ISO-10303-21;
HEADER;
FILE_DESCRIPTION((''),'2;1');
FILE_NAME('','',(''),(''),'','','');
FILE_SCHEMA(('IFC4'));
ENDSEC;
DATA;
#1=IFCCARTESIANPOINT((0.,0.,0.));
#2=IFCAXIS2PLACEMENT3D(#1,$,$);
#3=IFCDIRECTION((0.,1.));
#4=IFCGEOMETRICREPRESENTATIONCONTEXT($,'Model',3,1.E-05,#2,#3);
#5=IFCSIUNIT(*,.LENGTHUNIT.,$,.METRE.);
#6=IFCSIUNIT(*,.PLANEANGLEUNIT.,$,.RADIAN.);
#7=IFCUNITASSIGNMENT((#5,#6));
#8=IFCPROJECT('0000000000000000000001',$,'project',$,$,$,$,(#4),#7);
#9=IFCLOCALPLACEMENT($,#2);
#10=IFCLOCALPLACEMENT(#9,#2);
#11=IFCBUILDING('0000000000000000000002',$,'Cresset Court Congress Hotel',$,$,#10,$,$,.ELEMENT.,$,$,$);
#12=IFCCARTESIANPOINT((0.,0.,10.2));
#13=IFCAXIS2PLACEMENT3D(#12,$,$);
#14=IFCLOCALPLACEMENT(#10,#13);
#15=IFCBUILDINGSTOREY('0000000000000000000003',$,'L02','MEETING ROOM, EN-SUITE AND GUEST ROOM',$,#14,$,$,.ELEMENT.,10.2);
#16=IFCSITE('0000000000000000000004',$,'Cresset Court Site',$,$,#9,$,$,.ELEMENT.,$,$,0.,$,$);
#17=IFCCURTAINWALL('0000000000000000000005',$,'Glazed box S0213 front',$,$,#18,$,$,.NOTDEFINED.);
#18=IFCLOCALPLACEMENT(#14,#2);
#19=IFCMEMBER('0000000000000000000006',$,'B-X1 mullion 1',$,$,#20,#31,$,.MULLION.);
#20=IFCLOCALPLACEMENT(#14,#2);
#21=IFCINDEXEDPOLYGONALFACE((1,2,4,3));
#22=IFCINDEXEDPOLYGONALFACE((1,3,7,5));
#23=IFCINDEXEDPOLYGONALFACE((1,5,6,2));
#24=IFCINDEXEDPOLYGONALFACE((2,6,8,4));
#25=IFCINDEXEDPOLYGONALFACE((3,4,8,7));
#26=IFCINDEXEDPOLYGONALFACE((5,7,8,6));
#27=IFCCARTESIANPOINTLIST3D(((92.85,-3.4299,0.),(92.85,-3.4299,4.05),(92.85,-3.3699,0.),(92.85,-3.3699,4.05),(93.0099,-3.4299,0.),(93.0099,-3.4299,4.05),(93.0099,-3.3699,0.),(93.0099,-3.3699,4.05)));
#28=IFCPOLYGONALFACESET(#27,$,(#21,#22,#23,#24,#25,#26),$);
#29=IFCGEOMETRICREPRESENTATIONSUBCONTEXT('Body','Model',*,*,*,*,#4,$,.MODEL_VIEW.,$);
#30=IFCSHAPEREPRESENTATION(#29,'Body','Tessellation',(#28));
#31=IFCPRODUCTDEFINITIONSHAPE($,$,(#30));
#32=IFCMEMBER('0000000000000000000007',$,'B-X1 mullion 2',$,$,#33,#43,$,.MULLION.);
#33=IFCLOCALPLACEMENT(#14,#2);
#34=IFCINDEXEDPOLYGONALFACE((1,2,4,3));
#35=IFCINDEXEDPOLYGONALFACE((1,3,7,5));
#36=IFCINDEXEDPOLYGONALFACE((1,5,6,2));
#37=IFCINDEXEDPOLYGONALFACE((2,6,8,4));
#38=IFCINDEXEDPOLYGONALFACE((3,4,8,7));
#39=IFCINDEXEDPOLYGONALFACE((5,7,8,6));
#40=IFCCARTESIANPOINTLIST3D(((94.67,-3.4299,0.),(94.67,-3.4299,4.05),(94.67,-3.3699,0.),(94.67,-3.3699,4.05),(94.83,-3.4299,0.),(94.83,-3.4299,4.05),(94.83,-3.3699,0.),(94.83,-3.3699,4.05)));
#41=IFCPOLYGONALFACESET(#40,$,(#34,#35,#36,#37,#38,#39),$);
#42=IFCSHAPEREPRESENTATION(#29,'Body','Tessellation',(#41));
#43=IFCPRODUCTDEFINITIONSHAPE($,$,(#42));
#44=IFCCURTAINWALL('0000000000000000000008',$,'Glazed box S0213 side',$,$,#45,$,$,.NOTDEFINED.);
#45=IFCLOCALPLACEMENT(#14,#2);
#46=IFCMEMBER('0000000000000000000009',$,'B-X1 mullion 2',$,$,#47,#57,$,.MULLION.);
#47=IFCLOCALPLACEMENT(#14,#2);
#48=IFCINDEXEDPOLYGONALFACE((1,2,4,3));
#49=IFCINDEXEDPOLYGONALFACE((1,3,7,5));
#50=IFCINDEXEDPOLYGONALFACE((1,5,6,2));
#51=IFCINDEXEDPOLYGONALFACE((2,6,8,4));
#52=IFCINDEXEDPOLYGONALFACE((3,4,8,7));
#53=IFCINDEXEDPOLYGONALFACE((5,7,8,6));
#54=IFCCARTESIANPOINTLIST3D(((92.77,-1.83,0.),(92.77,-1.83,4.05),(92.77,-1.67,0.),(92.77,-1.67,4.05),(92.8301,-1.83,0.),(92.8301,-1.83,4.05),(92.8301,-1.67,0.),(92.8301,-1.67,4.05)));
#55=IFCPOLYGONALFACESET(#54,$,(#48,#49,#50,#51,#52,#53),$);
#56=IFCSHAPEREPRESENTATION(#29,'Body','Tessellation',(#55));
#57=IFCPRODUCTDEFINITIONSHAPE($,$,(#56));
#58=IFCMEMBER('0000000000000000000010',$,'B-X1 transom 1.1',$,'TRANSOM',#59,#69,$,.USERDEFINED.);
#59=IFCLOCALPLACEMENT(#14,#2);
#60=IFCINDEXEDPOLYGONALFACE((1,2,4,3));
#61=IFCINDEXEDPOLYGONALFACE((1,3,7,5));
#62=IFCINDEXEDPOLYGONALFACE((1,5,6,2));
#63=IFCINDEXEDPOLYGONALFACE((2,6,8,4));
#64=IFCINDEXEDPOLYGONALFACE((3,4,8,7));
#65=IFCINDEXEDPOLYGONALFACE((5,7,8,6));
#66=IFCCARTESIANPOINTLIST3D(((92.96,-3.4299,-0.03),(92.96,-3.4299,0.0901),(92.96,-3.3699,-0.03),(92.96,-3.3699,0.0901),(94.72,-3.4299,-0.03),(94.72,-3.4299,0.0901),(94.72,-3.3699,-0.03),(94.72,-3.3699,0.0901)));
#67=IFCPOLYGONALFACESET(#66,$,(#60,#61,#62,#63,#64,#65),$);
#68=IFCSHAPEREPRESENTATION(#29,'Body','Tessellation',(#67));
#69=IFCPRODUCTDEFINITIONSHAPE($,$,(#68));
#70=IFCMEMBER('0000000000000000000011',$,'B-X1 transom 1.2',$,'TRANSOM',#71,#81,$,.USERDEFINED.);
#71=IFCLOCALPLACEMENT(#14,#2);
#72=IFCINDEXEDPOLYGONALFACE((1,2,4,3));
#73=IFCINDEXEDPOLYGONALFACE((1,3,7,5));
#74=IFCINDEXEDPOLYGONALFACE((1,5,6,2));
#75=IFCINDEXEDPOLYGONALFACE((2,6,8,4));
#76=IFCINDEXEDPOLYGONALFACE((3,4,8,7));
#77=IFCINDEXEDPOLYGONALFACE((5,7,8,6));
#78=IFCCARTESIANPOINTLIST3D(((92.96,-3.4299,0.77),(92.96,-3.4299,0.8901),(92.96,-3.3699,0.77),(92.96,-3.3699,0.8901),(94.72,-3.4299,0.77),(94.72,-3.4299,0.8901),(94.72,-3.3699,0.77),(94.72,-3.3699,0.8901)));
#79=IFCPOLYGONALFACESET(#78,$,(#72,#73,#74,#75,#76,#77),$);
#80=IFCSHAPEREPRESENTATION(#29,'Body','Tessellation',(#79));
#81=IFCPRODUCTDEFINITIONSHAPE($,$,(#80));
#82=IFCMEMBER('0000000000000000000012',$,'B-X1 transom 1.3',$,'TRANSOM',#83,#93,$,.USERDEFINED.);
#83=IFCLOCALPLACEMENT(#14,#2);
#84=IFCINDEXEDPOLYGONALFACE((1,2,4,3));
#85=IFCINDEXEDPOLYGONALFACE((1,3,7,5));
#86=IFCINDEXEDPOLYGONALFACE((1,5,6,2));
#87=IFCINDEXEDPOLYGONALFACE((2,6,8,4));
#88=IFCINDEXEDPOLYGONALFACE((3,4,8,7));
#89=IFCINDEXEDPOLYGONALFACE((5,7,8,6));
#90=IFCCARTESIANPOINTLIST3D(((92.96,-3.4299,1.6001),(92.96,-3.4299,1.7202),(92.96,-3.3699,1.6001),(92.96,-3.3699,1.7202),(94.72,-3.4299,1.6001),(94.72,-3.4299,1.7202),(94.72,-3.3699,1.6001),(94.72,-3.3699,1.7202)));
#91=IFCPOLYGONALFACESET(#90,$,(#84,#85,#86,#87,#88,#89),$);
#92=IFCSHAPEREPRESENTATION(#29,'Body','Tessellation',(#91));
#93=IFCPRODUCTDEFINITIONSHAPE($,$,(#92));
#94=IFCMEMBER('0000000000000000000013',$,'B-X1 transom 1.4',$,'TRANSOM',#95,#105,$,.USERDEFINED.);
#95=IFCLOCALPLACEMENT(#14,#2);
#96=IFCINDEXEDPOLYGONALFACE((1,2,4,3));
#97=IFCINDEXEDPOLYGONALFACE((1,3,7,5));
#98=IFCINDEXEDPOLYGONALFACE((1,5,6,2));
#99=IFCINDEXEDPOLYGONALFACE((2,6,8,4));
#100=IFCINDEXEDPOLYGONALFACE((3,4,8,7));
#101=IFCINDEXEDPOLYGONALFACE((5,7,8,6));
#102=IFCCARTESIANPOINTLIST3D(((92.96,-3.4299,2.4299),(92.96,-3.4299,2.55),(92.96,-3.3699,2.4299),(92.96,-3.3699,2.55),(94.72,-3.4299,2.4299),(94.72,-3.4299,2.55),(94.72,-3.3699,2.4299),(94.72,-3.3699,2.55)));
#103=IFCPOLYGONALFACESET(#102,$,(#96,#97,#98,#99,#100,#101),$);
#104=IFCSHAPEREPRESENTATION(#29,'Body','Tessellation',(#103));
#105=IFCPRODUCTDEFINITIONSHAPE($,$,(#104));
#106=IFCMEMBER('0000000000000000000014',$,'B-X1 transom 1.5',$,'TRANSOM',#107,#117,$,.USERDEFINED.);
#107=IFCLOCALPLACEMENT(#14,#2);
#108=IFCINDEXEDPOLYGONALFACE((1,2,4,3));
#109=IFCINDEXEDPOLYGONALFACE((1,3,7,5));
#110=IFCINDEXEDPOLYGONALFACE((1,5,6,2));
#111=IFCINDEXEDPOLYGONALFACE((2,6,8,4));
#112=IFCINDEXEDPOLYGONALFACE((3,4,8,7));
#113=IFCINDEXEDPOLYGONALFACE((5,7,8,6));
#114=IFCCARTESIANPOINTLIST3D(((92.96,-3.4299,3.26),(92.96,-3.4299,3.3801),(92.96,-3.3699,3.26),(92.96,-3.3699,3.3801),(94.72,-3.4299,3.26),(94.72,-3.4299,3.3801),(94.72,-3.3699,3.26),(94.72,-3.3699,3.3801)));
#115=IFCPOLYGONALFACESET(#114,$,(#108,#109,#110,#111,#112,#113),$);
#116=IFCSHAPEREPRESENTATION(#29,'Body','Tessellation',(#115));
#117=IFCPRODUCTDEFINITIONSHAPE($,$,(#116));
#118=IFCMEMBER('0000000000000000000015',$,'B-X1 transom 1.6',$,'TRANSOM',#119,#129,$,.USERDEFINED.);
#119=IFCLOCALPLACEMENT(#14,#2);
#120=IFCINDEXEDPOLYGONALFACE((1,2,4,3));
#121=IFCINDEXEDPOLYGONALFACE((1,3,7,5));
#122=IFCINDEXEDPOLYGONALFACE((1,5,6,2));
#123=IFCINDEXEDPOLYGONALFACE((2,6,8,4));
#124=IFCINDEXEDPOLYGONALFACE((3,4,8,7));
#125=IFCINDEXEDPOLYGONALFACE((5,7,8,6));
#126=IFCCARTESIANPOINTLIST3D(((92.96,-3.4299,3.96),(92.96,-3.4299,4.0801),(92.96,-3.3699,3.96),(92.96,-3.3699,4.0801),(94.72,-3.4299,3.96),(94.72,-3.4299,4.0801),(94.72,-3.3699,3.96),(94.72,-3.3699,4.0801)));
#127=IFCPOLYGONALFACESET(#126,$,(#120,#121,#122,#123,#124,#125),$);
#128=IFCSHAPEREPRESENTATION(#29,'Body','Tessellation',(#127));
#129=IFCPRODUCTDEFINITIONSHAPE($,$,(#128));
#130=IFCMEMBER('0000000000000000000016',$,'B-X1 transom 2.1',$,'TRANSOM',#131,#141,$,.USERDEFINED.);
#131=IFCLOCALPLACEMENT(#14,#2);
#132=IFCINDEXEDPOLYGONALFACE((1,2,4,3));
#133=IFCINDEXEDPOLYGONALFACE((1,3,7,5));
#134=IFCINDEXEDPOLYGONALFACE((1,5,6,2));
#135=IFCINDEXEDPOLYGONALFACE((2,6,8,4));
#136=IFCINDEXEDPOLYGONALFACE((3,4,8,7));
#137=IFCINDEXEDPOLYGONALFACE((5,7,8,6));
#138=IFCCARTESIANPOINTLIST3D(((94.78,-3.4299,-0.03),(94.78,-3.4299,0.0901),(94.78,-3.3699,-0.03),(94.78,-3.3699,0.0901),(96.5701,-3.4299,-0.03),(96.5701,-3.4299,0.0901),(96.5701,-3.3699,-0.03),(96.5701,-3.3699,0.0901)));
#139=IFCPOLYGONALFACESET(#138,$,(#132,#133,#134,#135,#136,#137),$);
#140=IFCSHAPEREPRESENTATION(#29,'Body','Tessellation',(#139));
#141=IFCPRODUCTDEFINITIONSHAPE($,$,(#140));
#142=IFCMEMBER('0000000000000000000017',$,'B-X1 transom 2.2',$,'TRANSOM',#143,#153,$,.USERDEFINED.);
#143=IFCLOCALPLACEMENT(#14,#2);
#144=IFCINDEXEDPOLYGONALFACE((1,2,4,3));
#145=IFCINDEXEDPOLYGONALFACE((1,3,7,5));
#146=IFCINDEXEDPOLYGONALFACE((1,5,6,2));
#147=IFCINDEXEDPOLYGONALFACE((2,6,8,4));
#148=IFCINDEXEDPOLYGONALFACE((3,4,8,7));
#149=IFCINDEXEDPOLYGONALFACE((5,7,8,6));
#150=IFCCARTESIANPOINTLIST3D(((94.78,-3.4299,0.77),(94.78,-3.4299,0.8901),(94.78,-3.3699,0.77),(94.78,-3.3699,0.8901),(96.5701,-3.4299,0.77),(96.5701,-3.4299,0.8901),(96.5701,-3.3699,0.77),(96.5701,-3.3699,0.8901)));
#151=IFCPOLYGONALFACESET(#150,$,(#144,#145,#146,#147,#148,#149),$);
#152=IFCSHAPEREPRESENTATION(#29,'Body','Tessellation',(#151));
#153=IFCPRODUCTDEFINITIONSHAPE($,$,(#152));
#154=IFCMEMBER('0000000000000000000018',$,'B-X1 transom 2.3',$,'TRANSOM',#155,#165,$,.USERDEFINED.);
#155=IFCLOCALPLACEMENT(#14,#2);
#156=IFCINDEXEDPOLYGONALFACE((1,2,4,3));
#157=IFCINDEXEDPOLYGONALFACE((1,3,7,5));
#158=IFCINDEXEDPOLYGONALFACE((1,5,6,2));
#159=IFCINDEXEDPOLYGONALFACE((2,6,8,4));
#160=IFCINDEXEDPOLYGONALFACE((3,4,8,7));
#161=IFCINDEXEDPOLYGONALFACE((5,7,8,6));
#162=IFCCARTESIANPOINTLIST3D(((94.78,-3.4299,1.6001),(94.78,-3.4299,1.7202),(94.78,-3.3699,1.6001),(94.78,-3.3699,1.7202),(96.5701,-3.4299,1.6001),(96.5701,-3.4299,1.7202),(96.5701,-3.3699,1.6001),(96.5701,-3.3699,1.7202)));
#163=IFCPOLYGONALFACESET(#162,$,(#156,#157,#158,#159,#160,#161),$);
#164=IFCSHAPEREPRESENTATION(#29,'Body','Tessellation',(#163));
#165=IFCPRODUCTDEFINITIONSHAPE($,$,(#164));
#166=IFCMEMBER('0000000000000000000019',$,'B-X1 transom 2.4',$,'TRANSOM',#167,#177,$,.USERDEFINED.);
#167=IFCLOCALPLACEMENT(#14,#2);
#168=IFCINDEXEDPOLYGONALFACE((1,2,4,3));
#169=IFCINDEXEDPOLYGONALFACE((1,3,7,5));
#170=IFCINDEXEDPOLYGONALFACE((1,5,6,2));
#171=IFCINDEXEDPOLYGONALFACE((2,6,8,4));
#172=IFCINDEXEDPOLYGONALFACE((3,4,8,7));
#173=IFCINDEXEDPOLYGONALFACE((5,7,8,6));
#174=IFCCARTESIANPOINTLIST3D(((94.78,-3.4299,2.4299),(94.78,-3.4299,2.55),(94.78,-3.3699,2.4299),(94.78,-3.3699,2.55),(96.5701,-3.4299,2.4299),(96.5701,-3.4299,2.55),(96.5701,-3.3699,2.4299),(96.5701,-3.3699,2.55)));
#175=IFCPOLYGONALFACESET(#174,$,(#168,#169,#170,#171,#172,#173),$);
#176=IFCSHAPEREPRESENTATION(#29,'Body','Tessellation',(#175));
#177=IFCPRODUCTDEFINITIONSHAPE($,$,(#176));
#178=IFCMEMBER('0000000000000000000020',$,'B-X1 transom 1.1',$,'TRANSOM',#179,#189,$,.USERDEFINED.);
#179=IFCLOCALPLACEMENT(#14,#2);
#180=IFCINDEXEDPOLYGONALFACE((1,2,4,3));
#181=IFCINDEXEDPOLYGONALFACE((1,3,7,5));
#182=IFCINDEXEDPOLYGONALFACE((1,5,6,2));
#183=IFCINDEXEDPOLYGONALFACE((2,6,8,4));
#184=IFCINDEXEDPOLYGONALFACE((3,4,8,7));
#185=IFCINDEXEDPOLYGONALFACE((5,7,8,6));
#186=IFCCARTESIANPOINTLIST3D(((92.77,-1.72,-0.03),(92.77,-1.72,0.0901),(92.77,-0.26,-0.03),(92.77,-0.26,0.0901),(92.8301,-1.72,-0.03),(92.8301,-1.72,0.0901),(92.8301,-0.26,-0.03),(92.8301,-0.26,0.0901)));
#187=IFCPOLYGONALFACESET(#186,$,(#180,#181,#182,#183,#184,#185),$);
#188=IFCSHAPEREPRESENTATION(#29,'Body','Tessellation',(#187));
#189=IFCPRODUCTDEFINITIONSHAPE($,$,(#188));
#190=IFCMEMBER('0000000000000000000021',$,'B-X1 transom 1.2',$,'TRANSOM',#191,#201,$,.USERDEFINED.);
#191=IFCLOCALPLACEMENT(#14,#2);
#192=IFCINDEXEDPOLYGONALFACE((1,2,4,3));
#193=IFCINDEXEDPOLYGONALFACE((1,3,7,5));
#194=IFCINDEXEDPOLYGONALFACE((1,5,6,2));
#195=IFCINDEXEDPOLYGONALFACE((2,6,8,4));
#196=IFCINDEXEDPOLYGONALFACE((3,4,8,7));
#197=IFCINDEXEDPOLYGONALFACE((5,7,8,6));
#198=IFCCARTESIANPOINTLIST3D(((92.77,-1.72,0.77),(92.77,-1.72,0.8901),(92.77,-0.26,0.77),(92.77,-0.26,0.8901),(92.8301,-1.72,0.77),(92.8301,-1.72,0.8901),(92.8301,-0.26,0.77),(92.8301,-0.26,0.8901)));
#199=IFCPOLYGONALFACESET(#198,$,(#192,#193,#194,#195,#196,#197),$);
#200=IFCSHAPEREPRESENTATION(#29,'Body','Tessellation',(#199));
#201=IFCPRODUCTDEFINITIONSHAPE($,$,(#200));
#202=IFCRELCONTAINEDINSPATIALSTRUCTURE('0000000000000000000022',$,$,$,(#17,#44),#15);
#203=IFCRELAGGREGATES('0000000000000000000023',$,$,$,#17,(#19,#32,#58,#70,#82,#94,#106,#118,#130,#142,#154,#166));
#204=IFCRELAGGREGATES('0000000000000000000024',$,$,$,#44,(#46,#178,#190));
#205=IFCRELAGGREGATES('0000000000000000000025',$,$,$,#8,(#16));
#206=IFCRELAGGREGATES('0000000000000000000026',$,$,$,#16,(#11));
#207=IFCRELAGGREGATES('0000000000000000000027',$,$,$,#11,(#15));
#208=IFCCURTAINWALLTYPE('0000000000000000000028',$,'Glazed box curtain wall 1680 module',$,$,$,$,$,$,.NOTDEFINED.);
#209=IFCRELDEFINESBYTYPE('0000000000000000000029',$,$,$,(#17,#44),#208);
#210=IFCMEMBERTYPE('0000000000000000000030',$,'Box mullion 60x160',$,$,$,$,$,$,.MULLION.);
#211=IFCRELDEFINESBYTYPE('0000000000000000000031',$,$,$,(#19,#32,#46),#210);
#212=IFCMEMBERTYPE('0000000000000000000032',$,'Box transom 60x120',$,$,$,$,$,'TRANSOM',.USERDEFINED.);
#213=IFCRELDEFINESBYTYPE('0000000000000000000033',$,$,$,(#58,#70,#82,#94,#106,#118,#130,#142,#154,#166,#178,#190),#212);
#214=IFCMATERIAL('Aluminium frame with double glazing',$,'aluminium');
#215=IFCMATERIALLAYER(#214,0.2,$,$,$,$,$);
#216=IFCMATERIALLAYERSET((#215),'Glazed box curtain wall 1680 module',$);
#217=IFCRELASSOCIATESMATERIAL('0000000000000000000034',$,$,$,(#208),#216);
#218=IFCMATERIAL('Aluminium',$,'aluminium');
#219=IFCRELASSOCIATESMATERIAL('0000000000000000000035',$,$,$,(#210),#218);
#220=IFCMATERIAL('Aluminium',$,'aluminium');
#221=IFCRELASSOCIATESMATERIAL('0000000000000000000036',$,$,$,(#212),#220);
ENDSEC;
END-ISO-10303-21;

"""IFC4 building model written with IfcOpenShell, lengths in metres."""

from ifc_helpers import new_model, si_unit, direction, frame, origin, origin_2d, place, context, subcontext, project, spatial, rectangle, extrude, material, layer, layer_set, material_profile, profile_set, type_object, element, aggregate, save


model = new_model("IFC4")

# Units and contexts
model_context = context("Model", 3, precision=1e-05, world=origin(), true_north=direction((0.0, 1.0)))
body_context = subcontext(model_context, "Body", "Model", "MODEL_VIEW")
ifc_project = project(units=[si_unit("LENGTHUNIT", "METRE"), si_unit("PLANEANGLEUNIT", "RADIAN")], contexts=[model_context])

# Site, building, storey
site_placement = place(None, origin())
site = spatial("IfcSite", under=ifc_project, at=site_placement, Name="Cresset Court Site", CompositionType="ELEMENT", RefElevation=0.0)
building_placement = place(site_placement, origin())
building = spatial("IfcBuilding", under=site, at=building_placement, Name="Cresset Court Congress Hotel", CompositionType="ELEMENT")
storey_placement = place(building_placement, frame((0.0, 0.0, 10.2)))
storey = spatial("IfcBuildingStorey", under=building, at=storey_placement, Name="L02", Description="MEETING ROOM, EN-SUITE AND GUEST ROOM", CompositionType="ELEMENT", Elevation=10.2)

# Curtain wall, members
ifc_material_1 = material(Name="Aluminium frame with double glazing", Category="aluminium")
ifc_layer_1 = layer(ifc_material_1, 0.2)
ifc_layer_set_1 = layer_set([ifc_layer_1], Name="Glazed box curtain wall 1680 module")
curtain_wall_type = type_object("IfcCurtainWallType", Name="Glazed box curtain wall 1680 module", PredefinedType="NOTDEFINED", material=ifc_layer_set_1)
curtain_wall_1_placement = place(storey_placement, origin())
curtain_wall_1 = element("IfcCurtainWall", 1, at=curtain_wall_1_placement, inside=storey, type_object=curtain_wall_type, Name="Glazed box S0213 front", PredefinedType="NOTDEFINED")
ifc_material_2 = material(Name="Aluminium", Category="aluminium")
ifc_material_profile_1 = material_profile(ifc_material_2, rectangle(XDim=0.0601, YDim=0.1599, at=origin_2d()), Name="Box mullion 60x160")
ifc_profile_set_1 = profile_set([ifc_material_profile_1], Name="Aluminium")
member_type_1 = type_object("IfcMemberType", Name="Box mullion 60x160", PredefinedType="MULLION", material=ifc_profile_set_1)
member_1_placement = place(storey_placement, frame((92.9299, -3.3999, 0.0), z_axis=(0.0, 0.0, 1.0), x_axis=(0.0, 1.0, 0.0)))
member_1 = element("IfcMember", 2, at=member_1_placement, type_object=member_type_1, Name="B-X1 mullion 1", PredefinedType="MULLION", context=body_context, shape_type="SweptSolid", body=[
    extrude(rectangle(XDim=0.0601, YDim=0.1599, at=origin_2d()), origin(), (0.0, 0.0, 1.0), 4.05),
])
member_2_placement = place(storey_placement, frame((94.75, -3.3999, 0.0), z_axis=(0.0, 0.0, 1.0), x_axis=(0.0, 1.0, 0.0)))
member_2 = element("IfcMember", 3, at=member_2_placement, type_object=member_type_1, Name="B-X1 mullion 2", PredefinedType="MULLION", context=body_context, shape_type="SweptSolid", body=[
    extrude(rectangle(XDim=0.0601, YDim=0.1599, at=origin_2d()), origin(), (0.0, 0.0, 1.0), 4.05),
])

# Curtain wall, member
curtain_wall_2_placement = place(storey_placement, origin())
curtain_wall_2 = element("IfcCurtainWall", 4, at=curtain_wall_2_placement, inside=storey, type_object=curtain_wall_type, Name="Glazed box S0213 side", PredefinedType="NOTDEFINED")
member_3_placement = place(storey_placement, frame((92.8, -1.75, 0.0), z_axis=(0.0, 0.0, 1.0), x_axis=(1.0, 0.0, 0.0)))
member_3 = element("IfcMember", 5, at=member_3_placement, type_object=member_type_1, Name="B-X1 mullion 2", PredefinedType="MULLION", context=body_context, shape_type="SweptSolid", body=[
    extrude(rectangle(XDim=0.0601, YDim=0.1599, at=origin_2d()), origin(), (0.0, 0.0, 1.0), 4.05),
])

# Members
ifc_material_3 = material(Name="Aluminium", Category="aluminium")
ifc_material_profile_2 = material_profile(ifc_material_3, rectangle(XDim=0.0601, YDim=0.1201, at=origin_2d()), Name="Box transom 60x120")
ifc_profile_set_2 = profile_set([ifc_material_profile_2], Name="Aluminium")
member_type_2 = type_object("IfcMemberType", Name="Box transom 60x120", ElementType="TRANSOM", PredefinedType="USERDEFINED", material=ifc_profile_set_2)
member_4_placement = place(storey_placement, frame((92.96, -3.3999, 0.03), z_axis=(1.0, 0.0, 0.0), x_axis=(0.0, 1.0, 0.0)))
member_4 = element("IfcMember", 6, at=member_4_placement, type_object=member_type_2, Name="B-X1 transom 1.1", ObjectType="TRANSOM", PredefinedType="USERDEFINED", context=body_context, shape_type="SweptSolid", body=[
    extrude(rectangle(XDim=0.0601, YDim=0.1201, at=origin_2d()), origin(), (0.0, 0.0, 1.0), 1.76),
])
member_5_placement = place(storey_placement, frame((92.96, -3.3999, 0.8301), z_axis=(1.0, 0.0, 0.0), x_axis=(0.0, 1.0, 0.0)))
member_5 = element("IfcMember", 7, at=member_5_placement, type_object=member_type_2, Name="B-X1 transom 1.2", ObjectType="TRANSOM", PredefinedType="USERDEFINED", context=body_context, shape_type="SweptSolid", body=[
    extrude(rectangle(XDim=0.0601, YDim=0.1201, at=origin_2d()), origin(), (0.0, 0.0, 1.0), 1.76),
])
member_6_placement = place(storey_placement, frame((92.96, -3.3999, 1.6602), z_axis=(1.0, 0.0, 0.0), x_axis=(0.0, 1.0, 0.0)))
member_6 = element("IfcMember", 8, at=member_6_placement, type_object=member_type_2, Name="B-X1 transom 1.3", ObjectType="TRANSOM", PredefinedType="USERDEFINED", context=body_context, shape_type="SweptSolid", body=[
    extrude(rectangle(XDim=0.0601, YDim=0.1201, at=origin_2d()), origin(), (0.0, 0.0, 1.0), 1.76),
])
member_7_placement = place(storey_placement, frame((92.96, -3.3999, 2.49), z_axis=(1.0, 0.0, 0.0), x_axis=(0.0, 1.0, 0.0)))
member_7 = element("IfcMember", 9, at=member_7_placement, type_object=member_type_2, Name="B-X1 transom 1.4", ObjectType="TRANSOM", PredefinedType="USERDEFINED", context=body_context, shape_type="SweptSolid", body=[
    extrude(rectangle(XDim=0.0601, YDim=0.1201, at=origin_2d()), origin(), (0.0, 0.0, 1.0), 1.76),
])
member_8_placement = place(storey_placement, frame((92.96, -3.3999, 3.3201), z_axis=(1.0, 0.0, 0.0), x_axis=(0.0, 1.0, 0.0)))
member_8 = element("IfcMember", 10, at=member_8_placement, type_object=member_type_2, Name="B-X1 transom 1.5", ObjectType="TRANSOM", PredefinedType="USERDEFINED", context=body_context, shape_type="SweptSolid", body=[
    extrude(rectangle(XDim=0.0601, YDim=0.1201, at=origin_2d()), origin(), (0.0, 0.0, 1.0), 1.76),
])
member_9_placement = place(storey_placement, frame((92.96, -3.3999, 4.02), z_axis=(1.0, 0.0, 0.0), x_axis=(0.0, 1.0, 0.0)))
member_9 = element("IfcMember", 11, at=member_9_placement, type_object=member_type_2, Name="B-X1 transom 1.6", ObjectType="TRANSOM", PredefinedType="USERDEFINED", context=body_context, shape_type="SweptSolid", body=[
    extrude(rectangle(XDim=0.0601, YDim=0.1201, at=origin_2d()), origin(), (0.0, 0.0, 1.0), 1.76),
])
member_10_placement = place(storey_placement, frame((94.78, -3.3999, 0.03), z_axis=(1.0, 0.0, 0.0), x_axis=(0.0, 1.0, 0.0)))
member_10 = element("IfcMember", 12, at=member_10_placement, type_object=member_type_2, Name="B-X1 transom 2.1", ObjectType="TRANSOM", PredefinedType="USERDEFINED", context=body_context, shape_type="SweptSolid", body=[
    extrude(rectangle(XDim=0.0601, YDim=0.1201, at=origin_2d()), origin(), (0.0, 0.0, 1.0), 1.79),
])
member_11_placement = place(storey_placement, frame((94.78, -3.3999, 0.8301), z_axis=(1.0, 0.0, 0.0), x_axis=(0.0, 1.0, 0.0)))
member_11 = element("IfcMember", 13, at=member_11_placement, type_object=member_type_2, Name="B-X1 transom 2.2", ObjectType="TRANSOM", PredefinedType="USERDEFINED", context=body_context, shape_type="SweptSolid", body=[
    extrude(rectangle(XDim=0.0601, YDim=0.1201, at=origin_2d()), origin(), (0.0, 0.0, 1.0), 1.79),
])
member_12_placement = place(storey_placement, frame((94.78, -3.3999, 1.6602), z_axis=(1.0, 0.0, 0.0), x_axis=(0.0, 1.0, 0.0)))
member_12 = element("IfcMember", 14, at=member_12_placement, type_object=member_type_2, Name="B-X1 transom 2.3", ObjectType="TRANSOM", PredefinedType="USERDEFINED", context=body_context, shape_type="SweptSolid", body=[
    extrude(rectangle(XDim=0.0601, YDim=0.1201, at=origin_2d()), origin(), (0.0, 0.0, 1.0), 1.79),
])
member_13_placement = place(storey_placement, frame((94.78, -3.3999, 2.49), z_axis=(1.0, 0.0, 0.0), x_axis=(0.0, 1.0, 0.0)))
member_13 = element("IfcMember", 15, at=member_13_placement, type_object=member_type_2, Name="B-X1 transom 2.4", ObjectType="TRANSOM", PredefinedType="USERDEFINED", context=body_context, shape_type="SweptSolid", body=[
    extrude(rectangle(XDim=0.0601, YDim=0.1201, at=origin_2d()), origin(), (0.0, 0.0, 1.0), 1.79),
])
member_14_placement = place(storey_placement, frame((92.8, -0.26, 0.03), z_axis=(0.0, -1.0, 0.0), x_axis=(1.0, 0.0, 0.0)))
member_14 = element("IfcMember", 16, at=member_14_placement, type_object=member_type_2, Name="B-X1 transom 1.1", ObjectType="TRANSOM", PredefinedType="USERDEFINED", context=body_context, shape_type="SweptSolid", body=[
    extrude(rectangle(XDim=0.0601, YDim=0.1201, at=origin_2d()), origin(), (0.0, 0.0, 1.0), 1.46),
])
member_15_placement = place(storey_placement, frame((92.8, -0.26, 0.8301), z_axis=(0.0, -1.0, 0.0), x_axis=(1.0, 0.0, 0.0)))
member_15 = element("IfcMember", 17, at=member_15_placement, type_object=member_type_2, Name="B-X1 transom 1.2", ObjectType="TRANSOM", PredefinedType="USERDEFINED", context=body_context, shape_type="SweptSolid", body=[
    extrude(rectangle(XDim=0.0601, YDim=0.1201, at=origin_2d()), origin(), (0.0, 0.0, 1.0), 1.46),
])

aggregate(curtain_wall_1, [member_1, member_2, member_4, member_5, member_6, member_7, member_8, member_9, member_10, member_11, member_12, member_13])
aggregate(curtain_wall_2, [member_3, member_14, member_15])

save(model, "model.ifc")
